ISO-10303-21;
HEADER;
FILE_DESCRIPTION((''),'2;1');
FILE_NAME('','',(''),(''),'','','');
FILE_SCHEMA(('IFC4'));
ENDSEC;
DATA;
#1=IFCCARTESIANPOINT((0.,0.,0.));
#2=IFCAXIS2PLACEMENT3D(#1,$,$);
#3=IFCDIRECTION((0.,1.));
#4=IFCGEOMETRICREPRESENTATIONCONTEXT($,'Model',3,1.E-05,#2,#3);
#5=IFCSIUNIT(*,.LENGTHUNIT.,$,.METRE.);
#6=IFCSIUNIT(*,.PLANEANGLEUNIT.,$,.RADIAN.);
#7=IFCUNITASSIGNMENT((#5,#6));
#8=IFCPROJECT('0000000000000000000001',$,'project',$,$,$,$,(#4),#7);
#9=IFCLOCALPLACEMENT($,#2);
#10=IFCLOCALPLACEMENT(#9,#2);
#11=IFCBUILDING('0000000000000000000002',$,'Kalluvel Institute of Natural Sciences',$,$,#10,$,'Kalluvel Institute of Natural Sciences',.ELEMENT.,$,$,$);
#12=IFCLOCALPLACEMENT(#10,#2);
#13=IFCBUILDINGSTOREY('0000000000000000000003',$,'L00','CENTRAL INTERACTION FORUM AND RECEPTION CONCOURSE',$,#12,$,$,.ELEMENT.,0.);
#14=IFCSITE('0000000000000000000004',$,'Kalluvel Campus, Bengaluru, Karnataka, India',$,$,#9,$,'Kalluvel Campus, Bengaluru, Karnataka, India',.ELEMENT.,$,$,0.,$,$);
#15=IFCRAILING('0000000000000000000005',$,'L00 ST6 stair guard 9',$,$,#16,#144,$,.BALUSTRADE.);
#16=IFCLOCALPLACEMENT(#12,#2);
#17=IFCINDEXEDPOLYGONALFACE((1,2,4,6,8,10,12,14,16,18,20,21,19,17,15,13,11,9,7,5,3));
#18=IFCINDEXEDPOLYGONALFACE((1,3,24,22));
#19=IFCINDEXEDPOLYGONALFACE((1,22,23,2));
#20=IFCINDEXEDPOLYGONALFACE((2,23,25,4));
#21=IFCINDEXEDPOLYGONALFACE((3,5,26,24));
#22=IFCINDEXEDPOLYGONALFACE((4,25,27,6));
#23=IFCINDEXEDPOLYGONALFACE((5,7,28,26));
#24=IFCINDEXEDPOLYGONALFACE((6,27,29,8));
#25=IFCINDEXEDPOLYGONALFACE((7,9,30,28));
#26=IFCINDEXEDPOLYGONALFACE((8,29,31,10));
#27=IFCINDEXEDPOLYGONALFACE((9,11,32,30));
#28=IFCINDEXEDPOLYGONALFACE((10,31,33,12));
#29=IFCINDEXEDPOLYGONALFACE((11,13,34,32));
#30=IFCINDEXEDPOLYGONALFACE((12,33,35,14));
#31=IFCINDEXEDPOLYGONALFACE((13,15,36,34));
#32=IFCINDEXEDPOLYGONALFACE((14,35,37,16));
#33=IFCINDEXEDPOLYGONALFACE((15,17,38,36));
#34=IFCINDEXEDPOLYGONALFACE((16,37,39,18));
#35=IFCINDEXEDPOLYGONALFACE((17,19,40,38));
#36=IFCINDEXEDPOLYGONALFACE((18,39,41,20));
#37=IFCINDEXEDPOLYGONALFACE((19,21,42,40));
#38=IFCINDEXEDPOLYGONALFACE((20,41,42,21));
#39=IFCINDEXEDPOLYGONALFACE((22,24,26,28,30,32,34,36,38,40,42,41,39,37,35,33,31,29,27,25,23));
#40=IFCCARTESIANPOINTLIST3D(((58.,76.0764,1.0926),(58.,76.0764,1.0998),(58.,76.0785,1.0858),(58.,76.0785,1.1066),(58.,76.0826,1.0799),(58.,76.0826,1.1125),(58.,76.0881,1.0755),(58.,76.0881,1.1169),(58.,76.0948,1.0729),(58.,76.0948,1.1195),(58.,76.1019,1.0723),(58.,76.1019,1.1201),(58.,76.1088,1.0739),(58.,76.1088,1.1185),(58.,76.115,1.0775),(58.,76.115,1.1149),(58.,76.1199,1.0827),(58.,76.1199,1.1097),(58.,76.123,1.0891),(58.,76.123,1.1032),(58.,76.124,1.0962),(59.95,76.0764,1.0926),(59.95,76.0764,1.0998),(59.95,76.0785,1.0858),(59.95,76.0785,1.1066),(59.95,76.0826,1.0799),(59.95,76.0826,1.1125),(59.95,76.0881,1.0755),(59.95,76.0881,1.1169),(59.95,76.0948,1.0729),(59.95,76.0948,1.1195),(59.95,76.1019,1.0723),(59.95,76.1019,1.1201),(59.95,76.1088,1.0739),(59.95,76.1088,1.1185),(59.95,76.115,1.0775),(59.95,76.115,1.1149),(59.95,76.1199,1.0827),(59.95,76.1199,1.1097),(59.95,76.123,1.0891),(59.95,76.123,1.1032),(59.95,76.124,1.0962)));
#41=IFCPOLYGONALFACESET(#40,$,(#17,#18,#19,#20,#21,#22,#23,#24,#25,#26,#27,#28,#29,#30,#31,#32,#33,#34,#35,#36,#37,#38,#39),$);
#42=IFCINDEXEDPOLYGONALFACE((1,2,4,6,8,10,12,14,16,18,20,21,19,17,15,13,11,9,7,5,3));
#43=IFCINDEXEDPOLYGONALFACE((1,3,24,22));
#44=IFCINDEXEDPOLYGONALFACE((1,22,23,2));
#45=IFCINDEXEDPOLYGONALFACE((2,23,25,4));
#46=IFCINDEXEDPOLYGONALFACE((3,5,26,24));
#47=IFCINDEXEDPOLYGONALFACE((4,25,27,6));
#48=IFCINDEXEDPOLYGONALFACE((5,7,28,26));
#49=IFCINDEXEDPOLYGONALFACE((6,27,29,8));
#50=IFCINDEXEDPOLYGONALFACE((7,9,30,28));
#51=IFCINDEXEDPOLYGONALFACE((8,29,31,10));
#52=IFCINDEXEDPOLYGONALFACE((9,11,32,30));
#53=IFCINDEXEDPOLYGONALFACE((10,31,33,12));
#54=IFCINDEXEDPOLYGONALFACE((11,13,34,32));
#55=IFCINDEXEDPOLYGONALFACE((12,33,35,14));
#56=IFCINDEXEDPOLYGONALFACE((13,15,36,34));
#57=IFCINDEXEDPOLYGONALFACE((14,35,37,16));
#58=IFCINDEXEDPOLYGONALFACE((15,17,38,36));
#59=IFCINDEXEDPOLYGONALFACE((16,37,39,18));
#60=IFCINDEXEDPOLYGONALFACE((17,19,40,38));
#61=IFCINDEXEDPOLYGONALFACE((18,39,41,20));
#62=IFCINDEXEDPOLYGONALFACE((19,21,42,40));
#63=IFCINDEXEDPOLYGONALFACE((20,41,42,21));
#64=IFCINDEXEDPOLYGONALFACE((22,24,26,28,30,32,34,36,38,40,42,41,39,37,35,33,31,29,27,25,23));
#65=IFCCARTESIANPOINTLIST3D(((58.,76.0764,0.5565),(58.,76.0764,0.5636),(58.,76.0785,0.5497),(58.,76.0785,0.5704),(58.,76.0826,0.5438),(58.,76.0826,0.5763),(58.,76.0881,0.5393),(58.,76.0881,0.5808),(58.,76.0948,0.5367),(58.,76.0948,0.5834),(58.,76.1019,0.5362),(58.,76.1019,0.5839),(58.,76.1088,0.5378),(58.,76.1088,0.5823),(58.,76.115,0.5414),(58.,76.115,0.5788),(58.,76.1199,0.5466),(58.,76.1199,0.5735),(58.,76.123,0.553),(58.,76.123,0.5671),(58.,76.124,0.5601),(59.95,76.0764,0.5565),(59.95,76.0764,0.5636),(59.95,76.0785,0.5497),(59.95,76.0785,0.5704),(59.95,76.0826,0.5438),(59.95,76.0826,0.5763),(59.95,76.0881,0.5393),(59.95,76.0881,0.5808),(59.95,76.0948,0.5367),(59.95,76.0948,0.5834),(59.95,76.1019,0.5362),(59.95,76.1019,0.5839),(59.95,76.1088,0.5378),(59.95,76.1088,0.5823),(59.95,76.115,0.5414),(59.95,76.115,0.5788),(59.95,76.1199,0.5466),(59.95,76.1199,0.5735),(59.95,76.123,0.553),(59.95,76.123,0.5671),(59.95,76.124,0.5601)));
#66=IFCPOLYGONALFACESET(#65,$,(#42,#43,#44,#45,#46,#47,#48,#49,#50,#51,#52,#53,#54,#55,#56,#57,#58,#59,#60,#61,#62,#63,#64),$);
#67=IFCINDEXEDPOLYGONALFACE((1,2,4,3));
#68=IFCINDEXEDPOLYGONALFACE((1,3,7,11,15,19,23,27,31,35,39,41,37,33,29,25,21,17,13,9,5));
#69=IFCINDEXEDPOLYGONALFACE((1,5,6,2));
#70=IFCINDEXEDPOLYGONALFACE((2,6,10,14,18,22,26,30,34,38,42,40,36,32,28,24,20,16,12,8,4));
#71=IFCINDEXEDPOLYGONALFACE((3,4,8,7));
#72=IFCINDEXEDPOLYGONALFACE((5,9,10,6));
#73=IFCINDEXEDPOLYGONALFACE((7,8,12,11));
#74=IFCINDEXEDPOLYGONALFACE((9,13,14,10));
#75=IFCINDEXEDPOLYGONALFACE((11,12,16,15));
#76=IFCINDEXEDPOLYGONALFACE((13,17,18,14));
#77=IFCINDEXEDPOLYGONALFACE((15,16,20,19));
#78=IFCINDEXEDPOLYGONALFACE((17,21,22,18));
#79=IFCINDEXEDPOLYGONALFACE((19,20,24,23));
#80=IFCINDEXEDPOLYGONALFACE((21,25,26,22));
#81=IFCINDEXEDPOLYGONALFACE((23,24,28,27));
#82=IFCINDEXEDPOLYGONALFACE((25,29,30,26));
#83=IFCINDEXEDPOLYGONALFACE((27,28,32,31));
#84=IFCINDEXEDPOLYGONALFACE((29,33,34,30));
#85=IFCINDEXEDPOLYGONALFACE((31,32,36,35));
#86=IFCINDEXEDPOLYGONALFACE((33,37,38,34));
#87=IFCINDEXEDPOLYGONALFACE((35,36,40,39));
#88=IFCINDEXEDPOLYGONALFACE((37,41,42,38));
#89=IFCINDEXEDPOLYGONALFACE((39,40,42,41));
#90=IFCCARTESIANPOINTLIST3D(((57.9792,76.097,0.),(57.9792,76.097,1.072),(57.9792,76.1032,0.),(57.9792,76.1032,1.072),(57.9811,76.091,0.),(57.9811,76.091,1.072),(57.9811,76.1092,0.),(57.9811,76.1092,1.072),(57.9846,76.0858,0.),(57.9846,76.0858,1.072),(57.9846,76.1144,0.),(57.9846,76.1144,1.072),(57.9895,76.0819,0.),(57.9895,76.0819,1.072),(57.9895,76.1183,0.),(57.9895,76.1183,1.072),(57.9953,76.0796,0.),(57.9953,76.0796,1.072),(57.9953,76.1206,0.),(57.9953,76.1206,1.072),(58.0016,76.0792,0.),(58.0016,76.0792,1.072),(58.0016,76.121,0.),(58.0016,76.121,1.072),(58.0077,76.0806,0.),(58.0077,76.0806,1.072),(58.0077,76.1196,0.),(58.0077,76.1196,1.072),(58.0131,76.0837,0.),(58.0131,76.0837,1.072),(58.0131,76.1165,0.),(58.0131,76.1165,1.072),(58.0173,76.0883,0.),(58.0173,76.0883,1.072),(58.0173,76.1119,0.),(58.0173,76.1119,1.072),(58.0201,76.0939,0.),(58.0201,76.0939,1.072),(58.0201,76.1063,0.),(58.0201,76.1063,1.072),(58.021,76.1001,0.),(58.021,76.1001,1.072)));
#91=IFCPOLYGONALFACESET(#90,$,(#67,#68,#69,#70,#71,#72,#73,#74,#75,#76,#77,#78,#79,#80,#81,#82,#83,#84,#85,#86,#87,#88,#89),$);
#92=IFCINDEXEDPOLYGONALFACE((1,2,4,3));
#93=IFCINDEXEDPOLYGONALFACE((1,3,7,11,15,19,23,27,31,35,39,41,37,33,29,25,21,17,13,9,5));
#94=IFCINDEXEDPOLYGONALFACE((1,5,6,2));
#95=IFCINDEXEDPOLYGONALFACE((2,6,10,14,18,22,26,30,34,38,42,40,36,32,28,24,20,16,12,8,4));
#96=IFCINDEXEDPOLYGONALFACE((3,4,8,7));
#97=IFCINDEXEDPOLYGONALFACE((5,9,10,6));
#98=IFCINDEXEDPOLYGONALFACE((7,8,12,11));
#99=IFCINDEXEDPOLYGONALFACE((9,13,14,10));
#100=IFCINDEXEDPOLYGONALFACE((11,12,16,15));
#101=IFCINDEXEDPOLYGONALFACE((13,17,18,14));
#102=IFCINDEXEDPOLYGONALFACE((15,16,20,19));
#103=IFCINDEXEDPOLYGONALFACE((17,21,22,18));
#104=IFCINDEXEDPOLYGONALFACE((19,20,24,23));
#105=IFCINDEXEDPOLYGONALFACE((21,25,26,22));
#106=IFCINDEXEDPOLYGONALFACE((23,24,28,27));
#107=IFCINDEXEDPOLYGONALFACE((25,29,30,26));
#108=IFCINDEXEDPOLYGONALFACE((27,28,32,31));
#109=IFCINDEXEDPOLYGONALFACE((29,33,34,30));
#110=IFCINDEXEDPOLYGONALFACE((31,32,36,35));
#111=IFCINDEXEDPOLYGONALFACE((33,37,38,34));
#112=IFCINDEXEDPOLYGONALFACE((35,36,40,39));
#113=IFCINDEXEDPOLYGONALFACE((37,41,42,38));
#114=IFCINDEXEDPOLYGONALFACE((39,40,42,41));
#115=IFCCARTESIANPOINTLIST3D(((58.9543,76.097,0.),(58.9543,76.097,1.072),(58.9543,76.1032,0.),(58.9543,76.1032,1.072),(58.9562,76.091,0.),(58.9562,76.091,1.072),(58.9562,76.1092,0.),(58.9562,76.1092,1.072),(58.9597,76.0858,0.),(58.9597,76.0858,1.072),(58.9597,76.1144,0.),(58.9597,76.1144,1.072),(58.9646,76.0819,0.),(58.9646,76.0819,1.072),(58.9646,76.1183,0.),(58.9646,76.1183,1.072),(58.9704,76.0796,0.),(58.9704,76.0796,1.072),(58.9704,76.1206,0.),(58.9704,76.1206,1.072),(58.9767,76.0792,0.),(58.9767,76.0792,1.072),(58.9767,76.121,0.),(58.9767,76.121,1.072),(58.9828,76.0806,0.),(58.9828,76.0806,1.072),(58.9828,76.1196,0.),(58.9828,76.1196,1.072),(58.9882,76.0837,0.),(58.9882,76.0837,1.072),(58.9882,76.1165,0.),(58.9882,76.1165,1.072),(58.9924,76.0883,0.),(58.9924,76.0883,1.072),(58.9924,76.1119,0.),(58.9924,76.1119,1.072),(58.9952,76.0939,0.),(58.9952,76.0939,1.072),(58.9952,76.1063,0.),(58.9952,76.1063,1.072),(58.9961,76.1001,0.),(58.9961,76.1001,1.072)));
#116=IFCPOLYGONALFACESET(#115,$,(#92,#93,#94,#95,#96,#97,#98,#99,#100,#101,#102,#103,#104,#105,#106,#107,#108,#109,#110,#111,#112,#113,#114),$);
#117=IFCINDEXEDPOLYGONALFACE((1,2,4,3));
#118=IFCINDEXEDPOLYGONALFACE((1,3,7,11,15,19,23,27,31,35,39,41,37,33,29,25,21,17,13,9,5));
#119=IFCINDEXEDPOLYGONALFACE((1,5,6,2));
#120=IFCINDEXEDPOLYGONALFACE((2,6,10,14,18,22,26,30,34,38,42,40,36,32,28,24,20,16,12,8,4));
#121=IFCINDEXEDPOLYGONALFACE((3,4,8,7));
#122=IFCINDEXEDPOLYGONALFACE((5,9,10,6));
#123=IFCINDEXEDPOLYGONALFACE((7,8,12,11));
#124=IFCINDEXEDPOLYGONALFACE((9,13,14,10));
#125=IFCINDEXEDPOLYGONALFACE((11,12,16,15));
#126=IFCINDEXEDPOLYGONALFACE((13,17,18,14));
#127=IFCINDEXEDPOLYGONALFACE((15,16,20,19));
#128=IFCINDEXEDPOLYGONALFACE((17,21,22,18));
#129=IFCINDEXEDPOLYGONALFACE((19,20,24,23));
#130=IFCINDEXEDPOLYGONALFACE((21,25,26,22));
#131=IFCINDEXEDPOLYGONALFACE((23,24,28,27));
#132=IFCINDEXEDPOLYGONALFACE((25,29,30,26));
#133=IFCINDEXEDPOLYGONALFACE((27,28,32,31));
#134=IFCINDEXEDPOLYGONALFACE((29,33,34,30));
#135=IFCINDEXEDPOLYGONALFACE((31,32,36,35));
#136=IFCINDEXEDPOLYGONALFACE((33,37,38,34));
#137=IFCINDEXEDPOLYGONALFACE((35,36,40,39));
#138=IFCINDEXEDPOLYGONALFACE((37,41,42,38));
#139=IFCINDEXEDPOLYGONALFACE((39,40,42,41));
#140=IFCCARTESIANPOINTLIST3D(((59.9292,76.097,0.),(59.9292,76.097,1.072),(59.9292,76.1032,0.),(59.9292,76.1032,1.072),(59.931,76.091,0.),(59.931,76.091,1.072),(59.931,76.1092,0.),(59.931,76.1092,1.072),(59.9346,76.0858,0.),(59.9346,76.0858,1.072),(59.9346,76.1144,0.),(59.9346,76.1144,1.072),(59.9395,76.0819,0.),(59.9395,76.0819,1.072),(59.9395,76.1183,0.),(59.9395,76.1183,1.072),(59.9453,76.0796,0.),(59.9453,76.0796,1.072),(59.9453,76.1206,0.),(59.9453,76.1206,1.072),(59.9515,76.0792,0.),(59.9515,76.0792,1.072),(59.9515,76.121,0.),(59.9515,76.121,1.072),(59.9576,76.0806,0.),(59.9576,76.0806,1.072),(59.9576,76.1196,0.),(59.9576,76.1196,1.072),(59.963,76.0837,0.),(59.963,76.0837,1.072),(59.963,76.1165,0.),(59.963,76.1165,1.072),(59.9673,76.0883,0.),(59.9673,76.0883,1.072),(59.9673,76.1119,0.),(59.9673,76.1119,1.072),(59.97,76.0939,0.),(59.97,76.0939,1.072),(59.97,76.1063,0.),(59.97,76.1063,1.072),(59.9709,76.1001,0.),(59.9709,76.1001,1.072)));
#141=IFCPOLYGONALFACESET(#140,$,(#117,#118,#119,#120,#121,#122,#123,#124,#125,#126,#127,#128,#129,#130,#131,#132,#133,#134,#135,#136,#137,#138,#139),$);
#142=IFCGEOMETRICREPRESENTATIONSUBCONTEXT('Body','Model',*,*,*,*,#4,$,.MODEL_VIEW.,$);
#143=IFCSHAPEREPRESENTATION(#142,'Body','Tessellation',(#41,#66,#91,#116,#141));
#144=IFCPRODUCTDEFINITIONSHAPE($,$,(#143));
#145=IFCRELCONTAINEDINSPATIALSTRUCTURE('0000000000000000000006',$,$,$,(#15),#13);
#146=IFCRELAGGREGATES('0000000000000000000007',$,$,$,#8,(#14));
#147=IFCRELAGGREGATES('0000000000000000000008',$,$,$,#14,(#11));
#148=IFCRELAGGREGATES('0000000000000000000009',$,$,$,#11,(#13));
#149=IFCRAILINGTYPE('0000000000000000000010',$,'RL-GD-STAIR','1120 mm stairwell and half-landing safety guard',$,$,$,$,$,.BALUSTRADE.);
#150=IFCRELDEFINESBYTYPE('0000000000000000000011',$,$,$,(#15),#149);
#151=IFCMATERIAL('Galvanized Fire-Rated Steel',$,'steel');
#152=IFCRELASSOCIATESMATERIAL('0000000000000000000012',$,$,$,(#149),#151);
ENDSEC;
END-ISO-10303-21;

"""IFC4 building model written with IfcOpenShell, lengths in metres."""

from ifc_helpers import new_model, si_unit, direction, frame, origin, origin_2d, place, context, subcontext, project, spatial, circle, extrude, material, type_object, element, save


model = new_model("IFC4")

# Units and contexts
model_context = context("Model", 3, precision=1e-05, world=origin(), true_north=direction((0.0, 1.0)))
body_context = subcontext(model_context, "Body", "Model", "MODEL_VIEW")
ifc_project = project(units=[si_unit("LENGTHUNIT", "METRE"), si_unit("PLANEANGLEUNIT", "RADIAN")], contexts=[model_context])

# Site, building, storey
site_placement = place(None, origin())
site = spatial("IfcSite", under=ifc_project, at=site_placement, Name="Kalluvel Campus, Bengaluru, Karnataka, India", LongName="Kalluvel Campus, Bengaluru, Karnataka, India", CompositionType="ELEMENT", RefElevation=0.0)
building_placement = place(site_placement, origin())
building = spatial("IfcBuilding", under=site, at=building_placement, Name="Kalluvel Institute of Natural Sciences", LongName="Kalluvel Institute of Natural Sciences", CompositionType="ELEMENT")
storey_placement = place(building_placement, origin())
storey = spatial("IfcBuildingStorey", under=building, at=storey_placement, Name="L00", Description="CENTRAL INTERACTION FORUM AND RECEPTION CONCOURSE", CompositionType="ELEMENT", Elevation=0.0)

# Railing
ifc_material_1 = material(Name="Galvanized Fire-Rated Steel", Category="steel")
railing_type_1 = type_object("IfcRailingType", Name="RL-GD-STAIR", Description="1120 mm stairwell and half-landing safety guard", PredefinedType="BALUSTRADE", material=ifc_material_1)
for number, where, name in (
    (1, (58.0, 76.1001, 0.0), "L00 ST6 stair guard 9"),
):
    element("IfcRailing", number, at=place(storey_placement, frame(where)), inside=storey, type_object=railing_type_1, Name=name, PredefinedType="BALUSTRADE", context=body_context, shape_type="SweptSolid", body=[
        extrude(circle(Radius=0.0239, at=origin_2d()), frame((0.0, 0.0, 1.0962), z_axis=(1.0, 0.0, 0.0), x_axis=(0.0, 1.0, 0.0)), (0.0, 0.0, 1.0), 1.95),
        extrude(circle(Radius=0.0239, at=origin_2d()), frame((0.0, 0.0, 0.5601), z_axis=(1.0, 0.0, 0.0), x_axis=(0.0, 1.0, 0.0)), (0.0, 0.0, 1.0), 1.95),
        extrude(circle(Radius=0.021, at=origin_2d()), origin(), (0.0, 0.0, 1.0), 1.072),
        extrude(circle(Radius=0.021, at=origin_2d()), frame((0.9751, 0.0, 0.0)), (0.0, 0.0, 1.0), 1.072),
        extrude(circle(Radius=0.021, at=origin_2d()), frame((1.95, 0.0, 0.0)), (0.0, 0.0, 1.0), 1.072),
    ])

save(model, "model.ifc")
